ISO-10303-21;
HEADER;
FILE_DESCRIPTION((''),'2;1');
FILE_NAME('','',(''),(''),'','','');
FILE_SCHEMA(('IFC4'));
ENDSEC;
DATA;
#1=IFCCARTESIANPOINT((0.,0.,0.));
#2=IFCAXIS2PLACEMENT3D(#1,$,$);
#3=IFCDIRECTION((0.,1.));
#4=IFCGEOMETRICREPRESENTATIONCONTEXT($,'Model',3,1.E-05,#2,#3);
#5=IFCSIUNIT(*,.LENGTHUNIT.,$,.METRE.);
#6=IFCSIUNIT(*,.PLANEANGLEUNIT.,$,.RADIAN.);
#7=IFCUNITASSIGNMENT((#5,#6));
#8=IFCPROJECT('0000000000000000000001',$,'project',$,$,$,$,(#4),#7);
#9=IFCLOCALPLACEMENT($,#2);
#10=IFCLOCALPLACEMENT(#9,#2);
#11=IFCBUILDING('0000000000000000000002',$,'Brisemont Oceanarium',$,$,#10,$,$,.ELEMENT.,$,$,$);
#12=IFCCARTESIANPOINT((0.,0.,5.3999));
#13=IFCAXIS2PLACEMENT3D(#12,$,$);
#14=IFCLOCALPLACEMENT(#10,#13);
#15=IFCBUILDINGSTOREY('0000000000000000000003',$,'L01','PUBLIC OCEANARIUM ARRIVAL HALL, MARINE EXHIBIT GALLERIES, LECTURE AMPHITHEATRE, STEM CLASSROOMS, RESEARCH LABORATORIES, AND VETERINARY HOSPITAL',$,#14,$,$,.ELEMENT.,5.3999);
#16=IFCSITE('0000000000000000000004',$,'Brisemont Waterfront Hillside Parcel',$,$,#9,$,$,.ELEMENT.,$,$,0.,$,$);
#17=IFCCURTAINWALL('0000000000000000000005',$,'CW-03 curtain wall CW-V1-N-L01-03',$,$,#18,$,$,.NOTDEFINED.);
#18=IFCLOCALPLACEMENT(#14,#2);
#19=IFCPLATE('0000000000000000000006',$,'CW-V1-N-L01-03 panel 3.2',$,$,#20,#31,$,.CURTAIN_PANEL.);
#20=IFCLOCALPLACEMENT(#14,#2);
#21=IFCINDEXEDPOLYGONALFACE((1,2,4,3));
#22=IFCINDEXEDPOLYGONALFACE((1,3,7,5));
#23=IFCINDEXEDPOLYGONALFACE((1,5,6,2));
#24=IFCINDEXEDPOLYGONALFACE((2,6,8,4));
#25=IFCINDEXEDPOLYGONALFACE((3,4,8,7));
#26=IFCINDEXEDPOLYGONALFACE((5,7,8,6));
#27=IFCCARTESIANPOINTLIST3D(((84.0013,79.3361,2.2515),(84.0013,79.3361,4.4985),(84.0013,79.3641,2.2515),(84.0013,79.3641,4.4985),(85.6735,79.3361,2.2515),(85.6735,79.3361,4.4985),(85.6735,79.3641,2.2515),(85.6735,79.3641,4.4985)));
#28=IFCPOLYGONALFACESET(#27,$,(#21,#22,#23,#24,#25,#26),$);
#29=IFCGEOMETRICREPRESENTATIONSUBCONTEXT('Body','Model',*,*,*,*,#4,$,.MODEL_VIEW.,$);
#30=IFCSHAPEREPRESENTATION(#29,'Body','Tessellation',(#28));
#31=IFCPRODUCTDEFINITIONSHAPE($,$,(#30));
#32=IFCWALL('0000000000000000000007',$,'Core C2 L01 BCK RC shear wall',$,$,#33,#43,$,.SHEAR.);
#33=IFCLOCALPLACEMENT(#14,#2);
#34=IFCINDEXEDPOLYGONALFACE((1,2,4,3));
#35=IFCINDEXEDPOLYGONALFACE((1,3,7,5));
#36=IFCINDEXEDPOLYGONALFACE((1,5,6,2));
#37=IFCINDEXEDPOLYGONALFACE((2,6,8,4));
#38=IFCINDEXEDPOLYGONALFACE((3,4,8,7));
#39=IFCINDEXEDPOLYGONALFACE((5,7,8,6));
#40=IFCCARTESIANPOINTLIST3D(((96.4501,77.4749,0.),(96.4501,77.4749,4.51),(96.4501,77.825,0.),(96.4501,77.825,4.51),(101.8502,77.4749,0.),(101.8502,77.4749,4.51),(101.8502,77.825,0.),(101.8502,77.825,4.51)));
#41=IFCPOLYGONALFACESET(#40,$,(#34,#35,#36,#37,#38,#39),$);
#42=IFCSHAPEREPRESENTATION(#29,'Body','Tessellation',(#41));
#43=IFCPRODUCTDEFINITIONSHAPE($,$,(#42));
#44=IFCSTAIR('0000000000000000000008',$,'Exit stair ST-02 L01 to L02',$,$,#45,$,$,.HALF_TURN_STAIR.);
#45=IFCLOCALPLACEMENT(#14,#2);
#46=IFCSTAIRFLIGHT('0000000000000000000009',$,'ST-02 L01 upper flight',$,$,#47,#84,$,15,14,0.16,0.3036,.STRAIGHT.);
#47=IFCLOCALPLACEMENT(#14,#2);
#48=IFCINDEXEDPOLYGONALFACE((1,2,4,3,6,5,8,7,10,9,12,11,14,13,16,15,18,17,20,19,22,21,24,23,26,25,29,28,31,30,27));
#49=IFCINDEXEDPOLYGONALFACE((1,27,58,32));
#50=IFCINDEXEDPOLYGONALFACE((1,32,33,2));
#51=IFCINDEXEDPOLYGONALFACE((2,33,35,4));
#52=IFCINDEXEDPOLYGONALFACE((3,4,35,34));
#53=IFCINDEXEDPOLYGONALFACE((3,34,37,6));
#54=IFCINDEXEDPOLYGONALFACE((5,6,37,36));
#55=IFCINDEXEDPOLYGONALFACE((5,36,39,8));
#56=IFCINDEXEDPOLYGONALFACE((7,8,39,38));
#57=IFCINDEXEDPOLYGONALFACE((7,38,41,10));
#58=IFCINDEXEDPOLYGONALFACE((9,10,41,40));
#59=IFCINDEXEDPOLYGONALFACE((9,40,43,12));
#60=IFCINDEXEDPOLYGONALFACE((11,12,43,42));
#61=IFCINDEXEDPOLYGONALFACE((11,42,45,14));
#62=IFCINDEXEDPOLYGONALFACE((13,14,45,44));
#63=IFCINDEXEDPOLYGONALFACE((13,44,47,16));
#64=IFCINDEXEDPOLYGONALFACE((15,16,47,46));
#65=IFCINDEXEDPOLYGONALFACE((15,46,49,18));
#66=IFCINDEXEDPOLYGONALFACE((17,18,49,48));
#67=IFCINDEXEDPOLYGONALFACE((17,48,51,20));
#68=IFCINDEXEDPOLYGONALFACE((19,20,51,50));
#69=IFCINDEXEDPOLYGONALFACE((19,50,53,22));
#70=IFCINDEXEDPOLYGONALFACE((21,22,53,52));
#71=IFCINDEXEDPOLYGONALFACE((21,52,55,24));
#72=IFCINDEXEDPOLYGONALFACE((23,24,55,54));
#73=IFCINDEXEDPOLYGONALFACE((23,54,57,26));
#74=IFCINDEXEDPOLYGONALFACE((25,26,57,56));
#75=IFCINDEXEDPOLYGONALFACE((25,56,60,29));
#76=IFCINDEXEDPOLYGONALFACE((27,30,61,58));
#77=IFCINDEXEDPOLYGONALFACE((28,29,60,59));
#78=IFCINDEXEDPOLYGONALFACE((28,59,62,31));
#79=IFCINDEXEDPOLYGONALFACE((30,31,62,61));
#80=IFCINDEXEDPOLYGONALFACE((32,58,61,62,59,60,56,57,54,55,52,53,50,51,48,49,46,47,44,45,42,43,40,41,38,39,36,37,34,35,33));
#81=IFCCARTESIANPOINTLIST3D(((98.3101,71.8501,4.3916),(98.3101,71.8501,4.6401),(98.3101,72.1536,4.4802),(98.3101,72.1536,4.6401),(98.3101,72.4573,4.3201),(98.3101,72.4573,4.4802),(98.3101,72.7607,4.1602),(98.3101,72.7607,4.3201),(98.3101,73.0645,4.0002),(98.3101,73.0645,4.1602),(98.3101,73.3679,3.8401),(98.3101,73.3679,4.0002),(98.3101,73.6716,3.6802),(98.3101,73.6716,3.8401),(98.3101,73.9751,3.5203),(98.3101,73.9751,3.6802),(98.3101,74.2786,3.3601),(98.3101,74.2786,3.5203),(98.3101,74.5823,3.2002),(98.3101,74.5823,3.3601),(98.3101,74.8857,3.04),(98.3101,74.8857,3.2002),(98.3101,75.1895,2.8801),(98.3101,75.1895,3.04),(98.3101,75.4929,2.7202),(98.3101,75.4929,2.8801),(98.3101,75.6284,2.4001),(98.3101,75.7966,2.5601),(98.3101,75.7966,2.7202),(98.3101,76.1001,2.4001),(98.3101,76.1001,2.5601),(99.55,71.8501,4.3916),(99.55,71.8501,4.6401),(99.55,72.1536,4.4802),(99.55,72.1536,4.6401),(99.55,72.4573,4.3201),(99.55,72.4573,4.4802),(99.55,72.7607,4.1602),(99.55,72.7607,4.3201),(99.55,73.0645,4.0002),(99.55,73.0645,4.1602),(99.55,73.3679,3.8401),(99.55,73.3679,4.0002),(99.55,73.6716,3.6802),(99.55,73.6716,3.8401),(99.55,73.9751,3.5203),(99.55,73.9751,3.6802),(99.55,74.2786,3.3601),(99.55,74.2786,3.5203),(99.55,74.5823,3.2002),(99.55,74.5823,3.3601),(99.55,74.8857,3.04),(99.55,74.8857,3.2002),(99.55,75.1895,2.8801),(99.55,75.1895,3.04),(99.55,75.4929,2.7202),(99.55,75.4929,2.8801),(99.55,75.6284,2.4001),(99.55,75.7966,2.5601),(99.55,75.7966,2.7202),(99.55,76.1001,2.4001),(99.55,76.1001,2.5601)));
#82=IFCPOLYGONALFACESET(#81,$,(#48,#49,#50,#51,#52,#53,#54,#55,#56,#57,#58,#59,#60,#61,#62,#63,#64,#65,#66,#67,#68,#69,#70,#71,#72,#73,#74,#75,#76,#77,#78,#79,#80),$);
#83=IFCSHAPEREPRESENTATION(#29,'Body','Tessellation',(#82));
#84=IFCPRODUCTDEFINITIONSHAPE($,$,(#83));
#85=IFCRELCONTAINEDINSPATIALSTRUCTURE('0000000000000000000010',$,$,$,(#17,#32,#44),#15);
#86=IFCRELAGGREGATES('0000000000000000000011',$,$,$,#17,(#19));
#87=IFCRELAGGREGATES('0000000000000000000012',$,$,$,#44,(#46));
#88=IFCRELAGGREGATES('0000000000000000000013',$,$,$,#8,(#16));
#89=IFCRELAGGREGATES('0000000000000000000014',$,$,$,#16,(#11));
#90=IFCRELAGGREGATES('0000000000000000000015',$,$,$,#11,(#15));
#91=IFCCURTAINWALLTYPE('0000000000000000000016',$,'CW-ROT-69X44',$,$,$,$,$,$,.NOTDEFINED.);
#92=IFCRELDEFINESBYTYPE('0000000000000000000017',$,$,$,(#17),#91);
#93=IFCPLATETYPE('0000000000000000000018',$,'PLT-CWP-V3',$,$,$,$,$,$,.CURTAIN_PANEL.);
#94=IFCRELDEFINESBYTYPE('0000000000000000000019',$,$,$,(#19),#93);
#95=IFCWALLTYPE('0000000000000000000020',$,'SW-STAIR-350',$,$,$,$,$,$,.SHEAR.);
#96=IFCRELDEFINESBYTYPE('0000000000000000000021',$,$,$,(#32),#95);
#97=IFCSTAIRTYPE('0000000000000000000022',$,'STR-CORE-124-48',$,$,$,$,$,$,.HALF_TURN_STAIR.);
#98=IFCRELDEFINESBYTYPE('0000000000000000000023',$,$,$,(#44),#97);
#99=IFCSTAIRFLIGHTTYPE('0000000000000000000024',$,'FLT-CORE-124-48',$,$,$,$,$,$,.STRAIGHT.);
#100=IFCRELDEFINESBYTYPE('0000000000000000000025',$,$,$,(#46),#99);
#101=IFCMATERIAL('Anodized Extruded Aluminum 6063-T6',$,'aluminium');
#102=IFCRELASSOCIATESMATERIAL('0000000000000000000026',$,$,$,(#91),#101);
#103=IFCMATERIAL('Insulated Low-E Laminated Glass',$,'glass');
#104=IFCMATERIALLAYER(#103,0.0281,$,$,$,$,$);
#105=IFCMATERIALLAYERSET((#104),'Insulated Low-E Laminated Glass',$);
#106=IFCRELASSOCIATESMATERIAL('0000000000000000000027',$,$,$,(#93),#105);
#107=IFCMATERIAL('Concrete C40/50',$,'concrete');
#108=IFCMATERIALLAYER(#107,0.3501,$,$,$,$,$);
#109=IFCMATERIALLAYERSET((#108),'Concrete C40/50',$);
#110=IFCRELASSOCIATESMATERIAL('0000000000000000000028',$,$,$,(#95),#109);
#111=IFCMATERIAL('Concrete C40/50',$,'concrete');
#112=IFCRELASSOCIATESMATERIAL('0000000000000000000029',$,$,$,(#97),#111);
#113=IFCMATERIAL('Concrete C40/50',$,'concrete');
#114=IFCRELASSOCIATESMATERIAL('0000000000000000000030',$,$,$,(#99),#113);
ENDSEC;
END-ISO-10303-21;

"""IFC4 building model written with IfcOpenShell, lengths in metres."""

from ifc_helpers import new_model, si_unit, direction, frame, frame_2d, origin, origin_2d, place, context, subcontext, project, spatial, polyline, rectangle, outline, extrude, material, layer, layer_set, type_object, element, aggregate, save


model = new_model("IFC4")

# Units and contexts
model_context = context("Model", 3, precision=1e-05, world=origin(), true_north=direction((0.0, 1.0)))
body_context = subcontext(model_context, "Body", "Model", "MODEL_VIEW")
ifc_project = project(units=[si_unit("LENGTHUNIT", "METRE"), si_unit("PLANEANGLEUNIT", "RADIAN")], contexts=[model_context])

# Site, building, storey
site_placement = place(None, origin())
site = spatial("IfcSite", under=ifc_project, at=site_placement, Name="Brisemont Waterfront Hillside Parcel", CompositionType="ELEMENT", RefElevation=0.0)
building_placement = place(site_placement, origin())
building = spatial("IfcBuilding", under=site, at=building_placement, Name="Brisemont Oceanarium", CompositionType="ELEMENT")
storey_placement = place(building_placement, frame((0.0, 0.0, 5.3999)))
storey = spatial("IfcBuildingStorey", under=building, at=storey_placement, Name="L01", Description="PUBLIC OCEANARIUM ARRIVAL HALL, MARINE EXHIBIT GALLERIES, LECTURE AMPHITHEATRE, STEM CLASSROOMS, RESEARCH LABORATORIES, AND VETERINARY HOSPITAL", CompositionType="ELEMENT", Elevation=5.3999)

# Curtain wall, plate
ifc_material_1 = material(Name="Anodized Extruded Aluminum 6063-T6", Category="aluminium")
curtain_wall_type = type_object("IfcCurtainWallType", Name="CW-ROT-69X44", PredefinedType="NOTDEFINED", material=ifc_material_1)
curtain_wall_placement = place(storey_placement, origin())
curtain_wall = element("IfcCurtainWall", 1, at=curtain_wall_placement, inside=storey, type_object=curtain_wall_type, Name="CW-03 curtain wall CW-V1-N-L01-03", PredefinedType="NOTDEFINED")
ifc_material_2 = material(Name="Insulated Low-E Laminated Glass", Category="glass")
ifc_layer_1 = layer(ifc_material_2, 0.0281)
ifc_layer_set_1 = layer_set([ifc_layer_1], Name="Insulated Low-E Laminated Glass")
plate_type = type_object("IfcPlateType", Name="PLT-CWP-V3", PredefinedType="CURTAIN_PANEL", material=ifc_layer_set_1)
plate_1_placement = place(storey_placement, frame((84.8374, 79.3501, 2.2515), z_axis=(0.0, 0.0, 1.0), x_axis=(1.0, 0.0, 0.0)))
plate_1 = element("IfcPlate", 2, at=plate_1_placement, type_object=plate_type, Name="CW-V1-N-L01-03 panel 3.2", PredefinedType="CURTAIN_PANEL", context=body_context, shape_type="SweptSolid", body=[
    extrude(rectangle(XDim=1.6721, YDim=0.0281, at=origin_2d()), origin(), (0.0, 0.0, 1.0), 2.2471),
])
aggregate(curtain_wall, [plate_1])

# Wall
ifc_material_3 = material(Name="Concrete C40/50", Category="concrete")
ifc_layer_2 = layer(ifc_material_3, 0.3501)
ifc_layer_set_2 = layer_set([ifc_layer_2], Name="Concrete C40/50")
wall_type = type_object("IfcWallType", Name="SW-STAIR-350", PredefinedType="SHEAR", material=ifc_layer_set_2)
wall_placement = place(storey_placement, frame((96.45, 77.6499, 0.0), z_axis=(0.0, 0.0, 1.0), x_axis=(1.0, 0.0, 0.0)))
element("IfcWall", 3, at=wall_placement, inside=storey, type_object=wall_type, Name="Core C2 L01 BCK RC shear wall", PredefinedType="SHEAR", context=body_context, shape_type="SweptSolid", body=[
    extrude(rectangle(XDim=5.4001, YDim=0.3501, at=frame_2d((2.7002, 0.0))), origin(), (0.0, 0.0, 1.0), 4.51),
])

# Stair, stair flight
ifc_material_4 = material(Name="Concrete C40/50", Category="concrete")
stair_type = type_object("IfcStairType", Name="STR-CORE-124-48", PredefinedType="HALF_TURN_STAIR", material=ifc_material_4)
stair_placement = place(storey_placement, origin())
stair = element("IfcStair", 4, at=stair_placement, inside=storey, type_object=stair_type, Name="Exit stair ST-02 L01 to L02", PredefinedType="HALF_TURN_STAIR")
ifc_material_5 = material(Name="Concrete C40/50", Category="concrete")
stair_flight_type = type_object("IfcStairFlightType", Name="FLT-CORE-124-48", PredefinedType="STRAIGHT", material=ifc_material_5)
stair_flight_placement = place(storey_placement, frame((98.9299, 76.1001, 2.4001), z_axis=(0.0, 0.0, 1.0), x_axis=(0.0, -1.0, 0.0)))
stair_flight = element("IfcStairFlight", 5, at=stair_flight_placement, type_object=stair_flight_type, Name="ST-02 L01 upper flight", NumberOfRisers=15, NumberOfTreads=14, PredefinedType="STRAIGHT", RiserHeight=0.16, TreadLength=0.3036, context=body_context, shape_type="SweptSolid", body=[
    extrude(outline(polyline([(0.0, 0.0), (0.0, 0.1599), (0.3035, 0.1599), (0.3035, 0.3201), (0.6072, 0.3201), (0.6072, 0.48), (0.9106, 0.48), (0.9106, 0.6399), (1.2144, 0.6399), (1.2144, 0.8), (1.5178, 0.8), (1.5178, 0.96), (1.8215, 0.96), (1.8215, 1.1201), (2.125, 1.1201), (2.125, 1.28), (2.4285, 1.28), (2.4285, 1.4399), (2.7322, 1.4399), (2.7322, 1.6001), (3.0356, 1.6001), (3.0356, 1.76), (3.3394, 1.76), (3.3394, 1.9199), (3.6428, 1.9199), (3.6428, 2.0801), (3.9465, 2.0801), (3.9465, 2.24), (4.25, 2.24), (4.25, 2.3999), (4.25, 1.9915), (0.4717, 0.0), (0.0, 0.0)])), frame((0.0, 0.6201, 0.0), z_axis=(0.0, -1.0, 0.0), x_axis=(1.0, 0.0, 0.0)), (0.0, 0.0, 1.0), 1.24),
])
aggregate(stair, [stair_flight])

save(model, "model.ifc")
